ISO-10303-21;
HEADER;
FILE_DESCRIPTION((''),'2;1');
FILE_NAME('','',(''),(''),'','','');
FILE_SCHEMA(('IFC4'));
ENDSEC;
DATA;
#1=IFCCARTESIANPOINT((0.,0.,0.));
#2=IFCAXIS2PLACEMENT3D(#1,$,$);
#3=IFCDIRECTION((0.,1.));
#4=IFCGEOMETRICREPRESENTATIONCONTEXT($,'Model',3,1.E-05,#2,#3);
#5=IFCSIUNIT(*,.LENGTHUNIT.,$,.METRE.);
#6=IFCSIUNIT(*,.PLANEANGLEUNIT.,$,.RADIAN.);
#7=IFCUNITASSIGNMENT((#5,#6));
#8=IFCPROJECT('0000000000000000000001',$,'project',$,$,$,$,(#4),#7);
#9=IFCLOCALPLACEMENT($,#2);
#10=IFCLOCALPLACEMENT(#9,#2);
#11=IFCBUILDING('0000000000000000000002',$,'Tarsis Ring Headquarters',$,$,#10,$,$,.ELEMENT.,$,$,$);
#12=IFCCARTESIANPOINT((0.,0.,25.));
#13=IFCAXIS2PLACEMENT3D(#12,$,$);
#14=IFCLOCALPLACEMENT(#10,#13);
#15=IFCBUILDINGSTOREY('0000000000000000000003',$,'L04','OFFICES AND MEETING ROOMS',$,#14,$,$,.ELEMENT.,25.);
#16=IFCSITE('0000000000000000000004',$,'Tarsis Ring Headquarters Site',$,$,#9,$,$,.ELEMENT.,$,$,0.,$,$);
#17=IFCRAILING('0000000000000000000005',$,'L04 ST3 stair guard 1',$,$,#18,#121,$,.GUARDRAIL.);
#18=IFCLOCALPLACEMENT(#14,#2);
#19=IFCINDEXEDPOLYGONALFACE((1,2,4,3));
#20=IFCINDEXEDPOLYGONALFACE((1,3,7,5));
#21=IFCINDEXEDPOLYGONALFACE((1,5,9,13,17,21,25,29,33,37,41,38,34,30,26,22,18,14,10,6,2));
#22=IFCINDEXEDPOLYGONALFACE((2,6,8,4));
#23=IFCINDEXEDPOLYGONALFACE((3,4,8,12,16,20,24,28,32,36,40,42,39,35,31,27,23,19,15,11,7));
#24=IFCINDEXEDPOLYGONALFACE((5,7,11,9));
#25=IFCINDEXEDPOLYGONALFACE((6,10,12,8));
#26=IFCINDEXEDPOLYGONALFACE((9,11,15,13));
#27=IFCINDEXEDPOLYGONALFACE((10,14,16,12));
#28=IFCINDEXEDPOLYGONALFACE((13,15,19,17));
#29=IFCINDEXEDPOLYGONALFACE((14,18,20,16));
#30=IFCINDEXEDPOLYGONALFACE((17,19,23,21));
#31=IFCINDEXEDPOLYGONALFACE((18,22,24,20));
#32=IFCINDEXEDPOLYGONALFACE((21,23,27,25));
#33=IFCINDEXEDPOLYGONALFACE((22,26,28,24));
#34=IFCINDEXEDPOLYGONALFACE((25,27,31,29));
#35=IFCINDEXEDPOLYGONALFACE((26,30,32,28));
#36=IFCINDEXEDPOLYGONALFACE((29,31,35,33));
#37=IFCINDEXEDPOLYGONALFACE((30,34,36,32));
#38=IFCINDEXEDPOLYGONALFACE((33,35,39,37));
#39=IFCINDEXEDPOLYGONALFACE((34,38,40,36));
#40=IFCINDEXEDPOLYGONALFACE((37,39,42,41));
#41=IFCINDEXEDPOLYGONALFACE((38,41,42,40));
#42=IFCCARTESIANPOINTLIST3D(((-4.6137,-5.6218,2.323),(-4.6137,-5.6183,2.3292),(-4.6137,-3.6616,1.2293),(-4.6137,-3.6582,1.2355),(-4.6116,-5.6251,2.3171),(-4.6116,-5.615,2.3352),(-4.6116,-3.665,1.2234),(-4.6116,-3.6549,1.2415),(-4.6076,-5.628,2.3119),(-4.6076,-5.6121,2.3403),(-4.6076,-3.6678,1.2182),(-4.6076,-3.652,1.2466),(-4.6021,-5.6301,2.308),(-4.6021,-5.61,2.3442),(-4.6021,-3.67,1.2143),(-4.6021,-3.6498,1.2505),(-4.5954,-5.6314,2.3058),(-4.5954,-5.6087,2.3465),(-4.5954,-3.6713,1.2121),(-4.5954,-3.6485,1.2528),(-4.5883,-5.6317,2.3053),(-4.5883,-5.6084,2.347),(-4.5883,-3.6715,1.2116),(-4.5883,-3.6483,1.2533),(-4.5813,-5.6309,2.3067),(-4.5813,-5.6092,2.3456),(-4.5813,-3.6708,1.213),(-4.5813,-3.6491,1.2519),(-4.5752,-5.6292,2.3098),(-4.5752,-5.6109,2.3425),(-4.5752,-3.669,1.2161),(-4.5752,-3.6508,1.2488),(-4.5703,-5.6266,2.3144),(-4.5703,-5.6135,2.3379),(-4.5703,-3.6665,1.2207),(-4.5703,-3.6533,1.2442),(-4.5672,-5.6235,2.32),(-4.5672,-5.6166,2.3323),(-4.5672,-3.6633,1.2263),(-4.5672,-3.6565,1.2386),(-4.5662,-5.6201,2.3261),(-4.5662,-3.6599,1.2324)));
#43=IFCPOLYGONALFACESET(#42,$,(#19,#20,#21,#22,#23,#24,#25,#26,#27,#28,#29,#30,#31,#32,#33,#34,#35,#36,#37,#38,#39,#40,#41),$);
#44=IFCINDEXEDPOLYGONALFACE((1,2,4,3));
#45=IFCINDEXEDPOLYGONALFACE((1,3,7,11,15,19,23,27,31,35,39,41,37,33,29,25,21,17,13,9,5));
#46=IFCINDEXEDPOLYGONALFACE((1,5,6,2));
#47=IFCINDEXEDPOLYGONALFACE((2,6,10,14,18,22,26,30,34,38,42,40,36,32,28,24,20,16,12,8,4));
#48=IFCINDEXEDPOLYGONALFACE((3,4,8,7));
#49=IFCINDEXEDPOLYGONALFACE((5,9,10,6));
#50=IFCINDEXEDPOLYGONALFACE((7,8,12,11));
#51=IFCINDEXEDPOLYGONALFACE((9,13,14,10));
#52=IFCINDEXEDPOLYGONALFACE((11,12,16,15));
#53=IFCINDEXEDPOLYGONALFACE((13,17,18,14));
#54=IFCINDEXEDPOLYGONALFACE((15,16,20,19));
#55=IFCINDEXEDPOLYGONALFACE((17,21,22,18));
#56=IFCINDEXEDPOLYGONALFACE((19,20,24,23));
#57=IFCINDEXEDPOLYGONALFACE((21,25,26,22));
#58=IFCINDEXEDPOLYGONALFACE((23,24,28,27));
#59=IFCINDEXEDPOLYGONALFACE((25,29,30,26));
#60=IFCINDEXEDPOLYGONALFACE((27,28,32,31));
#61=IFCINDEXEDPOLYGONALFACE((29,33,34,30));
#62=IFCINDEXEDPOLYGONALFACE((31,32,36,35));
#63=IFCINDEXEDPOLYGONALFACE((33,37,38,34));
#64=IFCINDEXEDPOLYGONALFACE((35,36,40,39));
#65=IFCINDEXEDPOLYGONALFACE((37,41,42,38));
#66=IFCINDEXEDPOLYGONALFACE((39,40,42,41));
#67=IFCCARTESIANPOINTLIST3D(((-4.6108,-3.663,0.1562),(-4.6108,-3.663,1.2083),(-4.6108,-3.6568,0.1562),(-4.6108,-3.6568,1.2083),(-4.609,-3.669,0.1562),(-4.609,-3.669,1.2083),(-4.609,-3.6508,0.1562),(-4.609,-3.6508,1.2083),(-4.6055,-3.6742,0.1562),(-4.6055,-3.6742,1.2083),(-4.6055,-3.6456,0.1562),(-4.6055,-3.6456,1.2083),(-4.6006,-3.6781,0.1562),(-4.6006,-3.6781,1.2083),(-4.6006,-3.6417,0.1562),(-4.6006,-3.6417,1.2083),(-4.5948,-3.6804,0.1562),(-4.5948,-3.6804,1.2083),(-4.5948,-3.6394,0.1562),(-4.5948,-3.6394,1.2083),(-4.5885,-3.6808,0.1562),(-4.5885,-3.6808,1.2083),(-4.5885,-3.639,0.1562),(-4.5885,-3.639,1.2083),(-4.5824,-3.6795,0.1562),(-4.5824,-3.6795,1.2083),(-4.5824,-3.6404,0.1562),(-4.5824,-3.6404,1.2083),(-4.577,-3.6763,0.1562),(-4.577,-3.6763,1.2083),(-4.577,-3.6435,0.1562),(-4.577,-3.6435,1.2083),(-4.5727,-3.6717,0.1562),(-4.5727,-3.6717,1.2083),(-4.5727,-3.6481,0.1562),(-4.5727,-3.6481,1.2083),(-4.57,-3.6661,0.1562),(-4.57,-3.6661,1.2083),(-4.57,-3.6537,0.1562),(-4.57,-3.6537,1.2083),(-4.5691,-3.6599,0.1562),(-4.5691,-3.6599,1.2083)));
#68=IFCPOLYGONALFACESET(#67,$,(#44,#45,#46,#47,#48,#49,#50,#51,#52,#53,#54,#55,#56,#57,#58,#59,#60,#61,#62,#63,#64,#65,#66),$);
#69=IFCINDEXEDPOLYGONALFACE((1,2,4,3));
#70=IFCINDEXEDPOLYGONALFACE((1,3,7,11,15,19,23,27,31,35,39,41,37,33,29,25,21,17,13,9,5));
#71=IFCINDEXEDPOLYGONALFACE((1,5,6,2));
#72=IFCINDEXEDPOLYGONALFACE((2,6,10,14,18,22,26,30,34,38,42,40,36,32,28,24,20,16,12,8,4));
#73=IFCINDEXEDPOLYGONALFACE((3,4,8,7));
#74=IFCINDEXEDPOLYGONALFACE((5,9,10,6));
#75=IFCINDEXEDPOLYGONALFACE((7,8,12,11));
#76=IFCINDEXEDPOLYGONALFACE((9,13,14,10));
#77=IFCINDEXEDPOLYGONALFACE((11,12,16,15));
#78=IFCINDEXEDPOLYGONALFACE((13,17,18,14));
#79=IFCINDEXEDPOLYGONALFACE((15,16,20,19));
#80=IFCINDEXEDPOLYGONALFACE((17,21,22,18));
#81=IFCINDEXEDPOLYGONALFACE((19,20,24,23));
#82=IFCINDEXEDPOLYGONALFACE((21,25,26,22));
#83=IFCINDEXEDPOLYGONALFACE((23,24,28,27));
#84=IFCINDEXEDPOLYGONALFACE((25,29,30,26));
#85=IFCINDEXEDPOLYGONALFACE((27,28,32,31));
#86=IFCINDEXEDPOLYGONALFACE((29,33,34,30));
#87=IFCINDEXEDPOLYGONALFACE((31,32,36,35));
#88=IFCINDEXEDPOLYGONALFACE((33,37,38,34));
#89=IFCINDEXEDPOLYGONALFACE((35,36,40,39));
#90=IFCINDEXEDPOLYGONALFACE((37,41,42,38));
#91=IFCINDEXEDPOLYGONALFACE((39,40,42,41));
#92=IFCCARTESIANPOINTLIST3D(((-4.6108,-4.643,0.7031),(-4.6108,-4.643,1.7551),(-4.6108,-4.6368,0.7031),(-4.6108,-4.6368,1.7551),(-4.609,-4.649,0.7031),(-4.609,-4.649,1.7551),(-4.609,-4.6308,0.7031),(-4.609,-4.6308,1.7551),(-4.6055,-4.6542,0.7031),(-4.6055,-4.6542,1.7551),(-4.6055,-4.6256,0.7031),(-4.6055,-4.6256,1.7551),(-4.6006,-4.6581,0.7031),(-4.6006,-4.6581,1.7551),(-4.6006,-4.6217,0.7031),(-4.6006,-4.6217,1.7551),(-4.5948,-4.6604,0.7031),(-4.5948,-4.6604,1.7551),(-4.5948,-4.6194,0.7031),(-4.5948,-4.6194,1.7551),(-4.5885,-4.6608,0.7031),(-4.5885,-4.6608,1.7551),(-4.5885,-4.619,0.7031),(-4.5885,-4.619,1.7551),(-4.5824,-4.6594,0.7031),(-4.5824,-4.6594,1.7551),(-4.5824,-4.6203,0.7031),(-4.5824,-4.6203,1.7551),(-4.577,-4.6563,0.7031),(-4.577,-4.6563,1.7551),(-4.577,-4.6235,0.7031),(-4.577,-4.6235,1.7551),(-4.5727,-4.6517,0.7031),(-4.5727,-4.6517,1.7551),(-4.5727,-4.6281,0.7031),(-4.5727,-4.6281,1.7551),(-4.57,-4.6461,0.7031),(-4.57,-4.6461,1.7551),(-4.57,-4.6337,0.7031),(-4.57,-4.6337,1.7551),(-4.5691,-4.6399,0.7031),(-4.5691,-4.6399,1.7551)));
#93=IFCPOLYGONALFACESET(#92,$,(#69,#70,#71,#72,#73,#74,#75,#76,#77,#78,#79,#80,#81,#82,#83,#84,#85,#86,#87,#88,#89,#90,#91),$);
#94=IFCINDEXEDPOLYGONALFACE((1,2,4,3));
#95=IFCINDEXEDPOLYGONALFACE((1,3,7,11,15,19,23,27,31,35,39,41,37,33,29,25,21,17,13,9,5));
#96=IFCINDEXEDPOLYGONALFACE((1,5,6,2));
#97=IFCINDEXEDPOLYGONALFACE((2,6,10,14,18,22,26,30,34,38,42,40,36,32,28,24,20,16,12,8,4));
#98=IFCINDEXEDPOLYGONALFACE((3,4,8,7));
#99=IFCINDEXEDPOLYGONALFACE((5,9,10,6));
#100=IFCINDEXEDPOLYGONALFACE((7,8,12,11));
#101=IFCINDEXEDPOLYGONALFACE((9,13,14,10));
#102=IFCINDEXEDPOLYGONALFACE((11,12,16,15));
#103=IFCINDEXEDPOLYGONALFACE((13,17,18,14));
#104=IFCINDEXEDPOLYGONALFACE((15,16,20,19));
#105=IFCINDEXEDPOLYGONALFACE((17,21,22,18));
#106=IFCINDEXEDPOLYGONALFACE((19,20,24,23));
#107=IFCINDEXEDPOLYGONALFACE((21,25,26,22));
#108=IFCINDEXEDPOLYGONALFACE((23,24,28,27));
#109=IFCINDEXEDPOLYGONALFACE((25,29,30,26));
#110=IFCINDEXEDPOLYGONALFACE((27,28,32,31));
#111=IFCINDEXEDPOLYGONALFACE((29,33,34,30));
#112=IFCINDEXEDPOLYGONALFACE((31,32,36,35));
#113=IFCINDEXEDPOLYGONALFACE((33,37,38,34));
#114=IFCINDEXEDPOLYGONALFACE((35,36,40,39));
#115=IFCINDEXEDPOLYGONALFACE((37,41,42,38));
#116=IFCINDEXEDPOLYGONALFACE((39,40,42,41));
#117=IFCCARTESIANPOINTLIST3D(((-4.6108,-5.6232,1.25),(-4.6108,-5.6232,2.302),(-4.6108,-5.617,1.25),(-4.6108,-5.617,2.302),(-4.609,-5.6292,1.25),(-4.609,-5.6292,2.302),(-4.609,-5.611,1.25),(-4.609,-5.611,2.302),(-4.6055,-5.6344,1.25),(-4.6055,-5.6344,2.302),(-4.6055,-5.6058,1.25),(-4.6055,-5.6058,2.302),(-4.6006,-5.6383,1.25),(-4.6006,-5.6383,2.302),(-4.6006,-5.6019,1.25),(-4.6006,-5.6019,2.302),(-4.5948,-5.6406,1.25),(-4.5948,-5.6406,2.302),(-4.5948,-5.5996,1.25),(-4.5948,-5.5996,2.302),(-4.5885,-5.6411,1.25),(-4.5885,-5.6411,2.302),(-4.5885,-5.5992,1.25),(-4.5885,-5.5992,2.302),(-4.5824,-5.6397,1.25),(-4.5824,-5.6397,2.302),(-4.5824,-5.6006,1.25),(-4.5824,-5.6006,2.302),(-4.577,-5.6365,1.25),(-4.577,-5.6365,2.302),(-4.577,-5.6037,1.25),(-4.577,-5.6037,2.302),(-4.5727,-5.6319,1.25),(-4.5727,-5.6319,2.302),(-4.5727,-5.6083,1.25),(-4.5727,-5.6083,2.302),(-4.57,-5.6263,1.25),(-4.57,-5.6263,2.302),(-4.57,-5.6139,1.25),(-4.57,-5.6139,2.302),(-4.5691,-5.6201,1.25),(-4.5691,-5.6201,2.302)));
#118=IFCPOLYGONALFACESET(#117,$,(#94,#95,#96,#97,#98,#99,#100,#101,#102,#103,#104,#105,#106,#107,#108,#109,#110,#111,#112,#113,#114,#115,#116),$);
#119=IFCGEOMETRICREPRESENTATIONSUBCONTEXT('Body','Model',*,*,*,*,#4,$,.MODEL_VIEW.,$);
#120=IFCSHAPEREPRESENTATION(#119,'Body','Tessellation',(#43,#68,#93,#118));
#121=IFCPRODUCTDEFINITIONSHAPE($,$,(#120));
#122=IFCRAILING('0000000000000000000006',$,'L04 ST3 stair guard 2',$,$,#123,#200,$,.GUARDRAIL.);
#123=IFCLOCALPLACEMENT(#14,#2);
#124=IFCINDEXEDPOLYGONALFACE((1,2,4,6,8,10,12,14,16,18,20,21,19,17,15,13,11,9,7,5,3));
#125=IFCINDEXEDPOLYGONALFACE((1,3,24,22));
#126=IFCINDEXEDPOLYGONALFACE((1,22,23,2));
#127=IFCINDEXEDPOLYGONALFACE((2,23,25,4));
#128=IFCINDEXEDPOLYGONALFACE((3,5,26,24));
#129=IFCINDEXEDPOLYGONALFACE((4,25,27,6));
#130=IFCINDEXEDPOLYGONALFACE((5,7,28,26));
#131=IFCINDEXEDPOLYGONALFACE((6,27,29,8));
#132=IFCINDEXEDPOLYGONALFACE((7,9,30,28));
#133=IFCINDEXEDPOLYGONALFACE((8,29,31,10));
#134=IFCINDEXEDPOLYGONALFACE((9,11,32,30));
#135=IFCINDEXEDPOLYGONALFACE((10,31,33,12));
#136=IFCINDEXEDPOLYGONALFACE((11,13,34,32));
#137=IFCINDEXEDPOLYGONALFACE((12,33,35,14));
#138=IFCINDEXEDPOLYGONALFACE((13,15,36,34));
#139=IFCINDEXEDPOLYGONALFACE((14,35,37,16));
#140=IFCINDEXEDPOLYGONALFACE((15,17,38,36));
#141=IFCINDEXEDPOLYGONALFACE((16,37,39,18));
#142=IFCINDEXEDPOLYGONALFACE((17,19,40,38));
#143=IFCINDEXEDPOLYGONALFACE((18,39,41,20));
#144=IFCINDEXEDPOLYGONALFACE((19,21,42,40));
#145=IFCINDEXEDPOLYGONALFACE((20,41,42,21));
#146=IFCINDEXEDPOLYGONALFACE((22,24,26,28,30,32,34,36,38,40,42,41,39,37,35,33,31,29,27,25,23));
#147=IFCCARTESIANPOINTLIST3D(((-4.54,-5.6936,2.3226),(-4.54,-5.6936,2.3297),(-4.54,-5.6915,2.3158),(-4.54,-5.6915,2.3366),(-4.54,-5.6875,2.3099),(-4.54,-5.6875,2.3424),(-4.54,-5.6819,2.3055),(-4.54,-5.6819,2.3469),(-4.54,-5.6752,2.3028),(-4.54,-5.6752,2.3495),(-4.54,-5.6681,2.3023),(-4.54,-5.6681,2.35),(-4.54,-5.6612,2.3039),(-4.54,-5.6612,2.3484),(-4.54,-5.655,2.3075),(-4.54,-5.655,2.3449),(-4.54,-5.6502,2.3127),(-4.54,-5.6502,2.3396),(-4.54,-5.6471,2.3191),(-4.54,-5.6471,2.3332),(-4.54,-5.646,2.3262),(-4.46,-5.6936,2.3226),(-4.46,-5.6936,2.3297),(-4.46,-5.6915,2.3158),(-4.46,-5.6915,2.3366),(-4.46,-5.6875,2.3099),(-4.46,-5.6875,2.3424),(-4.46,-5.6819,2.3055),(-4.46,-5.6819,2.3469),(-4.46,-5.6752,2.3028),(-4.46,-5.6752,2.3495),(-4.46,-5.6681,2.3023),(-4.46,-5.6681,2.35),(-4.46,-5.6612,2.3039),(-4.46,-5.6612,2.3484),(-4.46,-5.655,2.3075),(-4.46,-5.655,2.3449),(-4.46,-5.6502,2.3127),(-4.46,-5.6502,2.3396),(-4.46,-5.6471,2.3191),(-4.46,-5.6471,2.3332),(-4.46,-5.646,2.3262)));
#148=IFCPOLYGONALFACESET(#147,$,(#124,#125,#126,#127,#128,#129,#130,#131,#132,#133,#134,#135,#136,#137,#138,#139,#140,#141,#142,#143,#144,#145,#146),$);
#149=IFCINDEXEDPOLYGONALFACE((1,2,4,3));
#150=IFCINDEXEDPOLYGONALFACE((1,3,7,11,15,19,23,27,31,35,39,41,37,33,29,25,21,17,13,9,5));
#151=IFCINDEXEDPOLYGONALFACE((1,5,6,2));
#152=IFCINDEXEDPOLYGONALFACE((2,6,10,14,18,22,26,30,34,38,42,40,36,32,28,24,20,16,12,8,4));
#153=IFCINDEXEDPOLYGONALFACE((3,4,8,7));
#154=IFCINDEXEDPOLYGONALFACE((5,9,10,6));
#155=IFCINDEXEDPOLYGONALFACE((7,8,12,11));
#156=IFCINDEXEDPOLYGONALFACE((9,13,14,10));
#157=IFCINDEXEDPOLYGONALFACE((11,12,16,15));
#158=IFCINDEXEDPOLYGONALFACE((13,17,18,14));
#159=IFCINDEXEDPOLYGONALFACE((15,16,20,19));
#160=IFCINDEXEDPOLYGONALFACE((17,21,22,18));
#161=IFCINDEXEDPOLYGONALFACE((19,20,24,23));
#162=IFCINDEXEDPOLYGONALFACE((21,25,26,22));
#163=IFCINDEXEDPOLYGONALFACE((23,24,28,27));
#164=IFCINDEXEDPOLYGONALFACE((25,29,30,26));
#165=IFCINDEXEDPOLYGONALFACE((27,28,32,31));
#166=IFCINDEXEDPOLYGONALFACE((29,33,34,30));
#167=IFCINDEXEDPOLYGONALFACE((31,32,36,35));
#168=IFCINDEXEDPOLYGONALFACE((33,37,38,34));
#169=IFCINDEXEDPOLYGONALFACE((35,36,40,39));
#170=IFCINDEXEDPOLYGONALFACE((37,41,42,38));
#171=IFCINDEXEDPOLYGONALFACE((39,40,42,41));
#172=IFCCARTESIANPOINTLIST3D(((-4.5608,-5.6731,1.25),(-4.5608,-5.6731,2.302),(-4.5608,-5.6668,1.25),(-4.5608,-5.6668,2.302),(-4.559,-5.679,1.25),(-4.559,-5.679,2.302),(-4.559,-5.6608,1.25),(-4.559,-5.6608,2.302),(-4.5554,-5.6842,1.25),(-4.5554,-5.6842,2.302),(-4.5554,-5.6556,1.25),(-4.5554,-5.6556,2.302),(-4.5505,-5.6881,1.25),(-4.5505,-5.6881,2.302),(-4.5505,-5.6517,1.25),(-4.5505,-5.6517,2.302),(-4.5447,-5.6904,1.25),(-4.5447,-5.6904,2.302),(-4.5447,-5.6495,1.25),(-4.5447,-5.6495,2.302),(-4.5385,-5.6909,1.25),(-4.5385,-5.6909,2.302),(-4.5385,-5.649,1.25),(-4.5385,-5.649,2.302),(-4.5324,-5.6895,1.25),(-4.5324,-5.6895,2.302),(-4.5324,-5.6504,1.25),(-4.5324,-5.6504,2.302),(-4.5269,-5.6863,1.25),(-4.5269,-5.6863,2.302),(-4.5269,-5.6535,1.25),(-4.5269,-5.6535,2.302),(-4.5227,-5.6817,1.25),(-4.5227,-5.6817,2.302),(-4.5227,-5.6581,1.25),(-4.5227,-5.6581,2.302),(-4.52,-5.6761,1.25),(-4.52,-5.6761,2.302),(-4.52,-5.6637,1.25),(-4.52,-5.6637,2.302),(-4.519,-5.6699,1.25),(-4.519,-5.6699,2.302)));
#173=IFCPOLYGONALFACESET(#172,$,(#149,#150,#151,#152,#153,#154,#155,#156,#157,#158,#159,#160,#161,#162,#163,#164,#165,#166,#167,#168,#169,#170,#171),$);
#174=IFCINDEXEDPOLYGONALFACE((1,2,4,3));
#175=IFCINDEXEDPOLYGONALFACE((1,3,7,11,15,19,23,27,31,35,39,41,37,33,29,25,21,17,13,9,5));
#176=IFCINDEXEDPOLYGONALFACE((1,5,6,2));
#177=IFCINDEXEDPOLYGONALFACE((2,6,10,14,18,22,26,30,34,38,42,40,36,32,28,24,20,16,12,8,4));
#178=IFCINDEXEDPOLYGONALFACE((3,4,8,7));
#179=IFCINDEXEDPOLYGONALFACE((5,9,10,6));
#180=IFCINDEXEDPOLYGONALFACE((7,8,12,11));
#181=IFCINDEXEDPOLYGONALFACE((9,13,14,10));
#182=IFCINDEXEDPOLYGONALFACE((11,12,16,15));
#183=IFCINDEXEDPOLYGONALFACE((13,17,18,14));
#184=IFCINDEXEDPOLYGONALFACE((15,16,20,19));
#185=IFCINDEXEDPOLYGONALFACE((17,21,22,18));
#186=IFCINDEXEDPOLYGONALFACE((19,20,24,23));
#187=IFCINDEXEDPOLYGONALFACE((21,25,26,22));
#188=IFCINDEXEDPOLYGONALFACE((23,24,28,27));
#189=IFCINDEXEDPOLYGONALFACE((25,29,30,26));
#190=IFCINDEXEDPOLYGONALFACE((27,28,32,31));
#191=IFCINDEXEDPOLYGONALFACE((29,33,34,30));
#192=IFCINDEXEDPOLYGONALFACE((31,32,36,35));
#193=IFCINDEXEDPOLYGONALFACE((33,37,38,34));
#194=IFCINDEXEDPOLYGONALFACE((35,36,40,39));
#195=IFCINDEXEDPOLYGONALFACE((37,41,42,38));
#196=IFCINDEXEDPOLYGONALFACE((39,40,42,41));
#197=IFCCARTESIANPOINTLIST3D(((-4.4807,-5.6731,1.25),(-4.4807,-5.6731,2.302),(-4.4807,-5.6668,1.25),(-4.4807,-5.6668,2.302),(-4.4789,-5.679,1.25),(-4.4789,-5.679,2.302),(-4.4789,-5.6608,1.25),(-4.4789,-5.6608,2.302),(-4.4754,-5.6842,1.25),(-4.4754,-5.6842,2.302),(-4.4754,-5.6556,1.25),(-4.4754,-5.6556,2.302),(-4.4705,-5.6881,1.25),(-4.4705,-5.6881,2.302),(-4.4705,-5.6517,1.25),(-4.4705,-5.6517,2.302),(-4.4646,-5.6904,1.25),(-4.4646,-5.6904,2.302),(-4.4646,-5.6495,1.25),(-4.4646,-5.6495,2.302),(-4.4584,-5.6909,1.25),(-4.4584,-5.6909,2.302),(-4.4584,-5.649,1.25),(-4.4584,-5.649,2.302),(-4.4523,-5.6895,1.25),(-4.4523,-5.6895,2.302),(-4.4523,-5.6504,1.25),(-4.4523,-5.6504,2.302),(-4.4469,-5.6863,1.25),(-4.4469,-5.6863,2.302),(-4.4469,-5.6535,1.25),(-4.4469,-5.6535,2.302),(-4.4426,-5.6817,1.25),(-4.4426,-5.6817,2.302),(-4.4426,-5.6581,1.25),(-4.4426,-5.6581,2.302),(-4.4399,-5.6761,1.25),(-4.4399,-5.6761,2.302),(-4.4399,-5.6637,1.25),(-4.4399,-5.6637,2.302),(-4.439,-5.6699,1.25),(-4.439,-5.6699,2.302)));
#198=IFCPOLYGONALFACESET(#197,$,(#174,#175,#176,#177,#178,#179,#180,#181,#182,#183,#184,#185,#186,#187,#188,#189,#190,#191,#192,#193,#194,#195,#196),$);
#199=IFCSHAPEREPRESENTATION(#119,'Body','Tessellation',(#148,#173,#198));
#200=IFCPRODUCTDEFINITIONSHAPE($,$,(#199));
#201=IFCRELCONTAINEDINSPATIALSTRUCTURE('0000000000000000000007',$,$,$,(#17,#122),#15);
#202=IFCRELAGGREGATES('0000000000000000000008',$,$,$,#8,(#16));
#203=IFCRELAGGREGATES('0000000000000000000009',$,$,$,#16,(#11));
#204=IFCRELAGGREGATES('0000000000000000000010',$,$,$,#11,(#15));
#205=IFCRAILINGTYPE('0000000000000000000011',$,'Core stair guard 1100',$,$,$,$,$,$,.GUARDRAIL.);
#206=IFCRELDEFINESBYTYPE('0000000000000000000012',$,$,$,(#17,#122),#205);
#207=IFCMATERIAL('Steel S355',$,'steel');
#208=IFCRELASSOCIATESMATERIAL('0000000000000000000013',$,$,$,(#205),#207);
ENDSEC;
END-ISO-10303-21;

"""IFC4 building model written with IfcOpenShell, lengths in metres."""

from ifc_helpers import new_model, si_unit, direction, frame, origin, origin_2d, place, context, subcontext, project, spatial, circle, extrude, material, type_object, element, save


model = new_model("IFC4")

# Units and contexts
model_context = context("Model", 3, precision=1e-05, world=origin(), true_north=direction((0.0, 1.0)))
body_context = subcontext(model_context, "Body", "Model", "MODEL_VIEW")
ifc_project = project(units=[si_unit("LENGTHUNIT", "METRE"), si_unit("PLANEANGLEUNIT", "RADIAN")], contexts=[model_context])

# Site, building, storey
site_placement = place(None, origin())
site = spatial("IfcSite", under=ifc_project, at=site_placement, Name="Tarsis Ring Headquarters Site", CompositionType="ELEMENT", RefElevation=0.0)
building_placement = place(site_placement, origin())
building = spatial("IfcBuilding", under=site, at=building_placement, Name="Tarsis Ring Headquarters", CompositionType="ELEMENT")
storey_placement = place(building_placement, frame((0.0, 0.0, 25.0)))
storey = spatial("IfcBuildingStorey", under=building, at=storey_placement, Name="L04", Description="OFFICES AND MEETING ROOMS", CompositionType="ELEMENT", Elevation=25.0)

# Railings
ifc_material_1 = material(Name="Steel S355", Category="steel")
railing_type_1 = type_object("IfcRailingType", Name="Core stair guard 1100", PredefinedType="GUARDRAIL", material=ifc_material_1)
railing_1_placement = place(storey_placement, frame((-4.5901, -3.6599, 0.1562)))
element("IfcRailing", 1, at=railing_1_placement, inside=storey, type_object=railing_type_1, Name="L04 ST3 stair guard 1", PredefinedType="GUARDRAIL", context=body_context, shape_type="SweptSolid", body=[
    extrude(circle(Radius=0.0239, at=origin_2d()), frame((0.0, 0.0, 1.0762), z_axis=(0.0, -0.873258, 0.487258), x_axis=(1.0, 0.0, 0.0)), (0.0, 0.0, 1.0), 2.2446),
    extrude(circle(Radius=0.021, at=origin_2d()), origin(), (0.0, 0.0, 1.0), 1.052),
    extrude(circle(Radius=0.021, at=origin_2d()), frame((0.0, -0.98, 0.5469)), (0.0, 0.0, 1.0), 1.052),
    extrude(circle(Radius=0.021, at=origin_2d()), frame((0.0, -1.9602, 1.0938)), (0.0, 0.0, 1.0), 1.052),
])
railing_2_placement = place(storey_placement, frame((-4.54, -5.6699, 1.25)))
element("IfcRailing", 2, at=railing_2_placement, inside=storey, type_object=railing_type_1, Name="L04 ST3 stair guard 2", PredefinedType="GUARDRAIL", context=body_context, shape_type="SweptSolid", body=[
    extrude(circle(Radius=0.0239, at=origin_2d()), frame((0.0, 0.0, 1.0762), z_axis=(1.0, 0.0, 0.0), x_axis=(0.0, 1.0, 0.0)), (0.0, 0.0, 1.0), 0.0801),
    extrude(circle(Radius=0.021, at=origin_2d()), origin(), (0.0, 0.0, 1.0), 1.052),
    extrude(circle(Radius=0.021, at=origin_2d()), frame((0.0801, 0.0, 0.0)), (0.0, 0.0, 1.0), 1.052),
])

save(model, "model.ifc")
